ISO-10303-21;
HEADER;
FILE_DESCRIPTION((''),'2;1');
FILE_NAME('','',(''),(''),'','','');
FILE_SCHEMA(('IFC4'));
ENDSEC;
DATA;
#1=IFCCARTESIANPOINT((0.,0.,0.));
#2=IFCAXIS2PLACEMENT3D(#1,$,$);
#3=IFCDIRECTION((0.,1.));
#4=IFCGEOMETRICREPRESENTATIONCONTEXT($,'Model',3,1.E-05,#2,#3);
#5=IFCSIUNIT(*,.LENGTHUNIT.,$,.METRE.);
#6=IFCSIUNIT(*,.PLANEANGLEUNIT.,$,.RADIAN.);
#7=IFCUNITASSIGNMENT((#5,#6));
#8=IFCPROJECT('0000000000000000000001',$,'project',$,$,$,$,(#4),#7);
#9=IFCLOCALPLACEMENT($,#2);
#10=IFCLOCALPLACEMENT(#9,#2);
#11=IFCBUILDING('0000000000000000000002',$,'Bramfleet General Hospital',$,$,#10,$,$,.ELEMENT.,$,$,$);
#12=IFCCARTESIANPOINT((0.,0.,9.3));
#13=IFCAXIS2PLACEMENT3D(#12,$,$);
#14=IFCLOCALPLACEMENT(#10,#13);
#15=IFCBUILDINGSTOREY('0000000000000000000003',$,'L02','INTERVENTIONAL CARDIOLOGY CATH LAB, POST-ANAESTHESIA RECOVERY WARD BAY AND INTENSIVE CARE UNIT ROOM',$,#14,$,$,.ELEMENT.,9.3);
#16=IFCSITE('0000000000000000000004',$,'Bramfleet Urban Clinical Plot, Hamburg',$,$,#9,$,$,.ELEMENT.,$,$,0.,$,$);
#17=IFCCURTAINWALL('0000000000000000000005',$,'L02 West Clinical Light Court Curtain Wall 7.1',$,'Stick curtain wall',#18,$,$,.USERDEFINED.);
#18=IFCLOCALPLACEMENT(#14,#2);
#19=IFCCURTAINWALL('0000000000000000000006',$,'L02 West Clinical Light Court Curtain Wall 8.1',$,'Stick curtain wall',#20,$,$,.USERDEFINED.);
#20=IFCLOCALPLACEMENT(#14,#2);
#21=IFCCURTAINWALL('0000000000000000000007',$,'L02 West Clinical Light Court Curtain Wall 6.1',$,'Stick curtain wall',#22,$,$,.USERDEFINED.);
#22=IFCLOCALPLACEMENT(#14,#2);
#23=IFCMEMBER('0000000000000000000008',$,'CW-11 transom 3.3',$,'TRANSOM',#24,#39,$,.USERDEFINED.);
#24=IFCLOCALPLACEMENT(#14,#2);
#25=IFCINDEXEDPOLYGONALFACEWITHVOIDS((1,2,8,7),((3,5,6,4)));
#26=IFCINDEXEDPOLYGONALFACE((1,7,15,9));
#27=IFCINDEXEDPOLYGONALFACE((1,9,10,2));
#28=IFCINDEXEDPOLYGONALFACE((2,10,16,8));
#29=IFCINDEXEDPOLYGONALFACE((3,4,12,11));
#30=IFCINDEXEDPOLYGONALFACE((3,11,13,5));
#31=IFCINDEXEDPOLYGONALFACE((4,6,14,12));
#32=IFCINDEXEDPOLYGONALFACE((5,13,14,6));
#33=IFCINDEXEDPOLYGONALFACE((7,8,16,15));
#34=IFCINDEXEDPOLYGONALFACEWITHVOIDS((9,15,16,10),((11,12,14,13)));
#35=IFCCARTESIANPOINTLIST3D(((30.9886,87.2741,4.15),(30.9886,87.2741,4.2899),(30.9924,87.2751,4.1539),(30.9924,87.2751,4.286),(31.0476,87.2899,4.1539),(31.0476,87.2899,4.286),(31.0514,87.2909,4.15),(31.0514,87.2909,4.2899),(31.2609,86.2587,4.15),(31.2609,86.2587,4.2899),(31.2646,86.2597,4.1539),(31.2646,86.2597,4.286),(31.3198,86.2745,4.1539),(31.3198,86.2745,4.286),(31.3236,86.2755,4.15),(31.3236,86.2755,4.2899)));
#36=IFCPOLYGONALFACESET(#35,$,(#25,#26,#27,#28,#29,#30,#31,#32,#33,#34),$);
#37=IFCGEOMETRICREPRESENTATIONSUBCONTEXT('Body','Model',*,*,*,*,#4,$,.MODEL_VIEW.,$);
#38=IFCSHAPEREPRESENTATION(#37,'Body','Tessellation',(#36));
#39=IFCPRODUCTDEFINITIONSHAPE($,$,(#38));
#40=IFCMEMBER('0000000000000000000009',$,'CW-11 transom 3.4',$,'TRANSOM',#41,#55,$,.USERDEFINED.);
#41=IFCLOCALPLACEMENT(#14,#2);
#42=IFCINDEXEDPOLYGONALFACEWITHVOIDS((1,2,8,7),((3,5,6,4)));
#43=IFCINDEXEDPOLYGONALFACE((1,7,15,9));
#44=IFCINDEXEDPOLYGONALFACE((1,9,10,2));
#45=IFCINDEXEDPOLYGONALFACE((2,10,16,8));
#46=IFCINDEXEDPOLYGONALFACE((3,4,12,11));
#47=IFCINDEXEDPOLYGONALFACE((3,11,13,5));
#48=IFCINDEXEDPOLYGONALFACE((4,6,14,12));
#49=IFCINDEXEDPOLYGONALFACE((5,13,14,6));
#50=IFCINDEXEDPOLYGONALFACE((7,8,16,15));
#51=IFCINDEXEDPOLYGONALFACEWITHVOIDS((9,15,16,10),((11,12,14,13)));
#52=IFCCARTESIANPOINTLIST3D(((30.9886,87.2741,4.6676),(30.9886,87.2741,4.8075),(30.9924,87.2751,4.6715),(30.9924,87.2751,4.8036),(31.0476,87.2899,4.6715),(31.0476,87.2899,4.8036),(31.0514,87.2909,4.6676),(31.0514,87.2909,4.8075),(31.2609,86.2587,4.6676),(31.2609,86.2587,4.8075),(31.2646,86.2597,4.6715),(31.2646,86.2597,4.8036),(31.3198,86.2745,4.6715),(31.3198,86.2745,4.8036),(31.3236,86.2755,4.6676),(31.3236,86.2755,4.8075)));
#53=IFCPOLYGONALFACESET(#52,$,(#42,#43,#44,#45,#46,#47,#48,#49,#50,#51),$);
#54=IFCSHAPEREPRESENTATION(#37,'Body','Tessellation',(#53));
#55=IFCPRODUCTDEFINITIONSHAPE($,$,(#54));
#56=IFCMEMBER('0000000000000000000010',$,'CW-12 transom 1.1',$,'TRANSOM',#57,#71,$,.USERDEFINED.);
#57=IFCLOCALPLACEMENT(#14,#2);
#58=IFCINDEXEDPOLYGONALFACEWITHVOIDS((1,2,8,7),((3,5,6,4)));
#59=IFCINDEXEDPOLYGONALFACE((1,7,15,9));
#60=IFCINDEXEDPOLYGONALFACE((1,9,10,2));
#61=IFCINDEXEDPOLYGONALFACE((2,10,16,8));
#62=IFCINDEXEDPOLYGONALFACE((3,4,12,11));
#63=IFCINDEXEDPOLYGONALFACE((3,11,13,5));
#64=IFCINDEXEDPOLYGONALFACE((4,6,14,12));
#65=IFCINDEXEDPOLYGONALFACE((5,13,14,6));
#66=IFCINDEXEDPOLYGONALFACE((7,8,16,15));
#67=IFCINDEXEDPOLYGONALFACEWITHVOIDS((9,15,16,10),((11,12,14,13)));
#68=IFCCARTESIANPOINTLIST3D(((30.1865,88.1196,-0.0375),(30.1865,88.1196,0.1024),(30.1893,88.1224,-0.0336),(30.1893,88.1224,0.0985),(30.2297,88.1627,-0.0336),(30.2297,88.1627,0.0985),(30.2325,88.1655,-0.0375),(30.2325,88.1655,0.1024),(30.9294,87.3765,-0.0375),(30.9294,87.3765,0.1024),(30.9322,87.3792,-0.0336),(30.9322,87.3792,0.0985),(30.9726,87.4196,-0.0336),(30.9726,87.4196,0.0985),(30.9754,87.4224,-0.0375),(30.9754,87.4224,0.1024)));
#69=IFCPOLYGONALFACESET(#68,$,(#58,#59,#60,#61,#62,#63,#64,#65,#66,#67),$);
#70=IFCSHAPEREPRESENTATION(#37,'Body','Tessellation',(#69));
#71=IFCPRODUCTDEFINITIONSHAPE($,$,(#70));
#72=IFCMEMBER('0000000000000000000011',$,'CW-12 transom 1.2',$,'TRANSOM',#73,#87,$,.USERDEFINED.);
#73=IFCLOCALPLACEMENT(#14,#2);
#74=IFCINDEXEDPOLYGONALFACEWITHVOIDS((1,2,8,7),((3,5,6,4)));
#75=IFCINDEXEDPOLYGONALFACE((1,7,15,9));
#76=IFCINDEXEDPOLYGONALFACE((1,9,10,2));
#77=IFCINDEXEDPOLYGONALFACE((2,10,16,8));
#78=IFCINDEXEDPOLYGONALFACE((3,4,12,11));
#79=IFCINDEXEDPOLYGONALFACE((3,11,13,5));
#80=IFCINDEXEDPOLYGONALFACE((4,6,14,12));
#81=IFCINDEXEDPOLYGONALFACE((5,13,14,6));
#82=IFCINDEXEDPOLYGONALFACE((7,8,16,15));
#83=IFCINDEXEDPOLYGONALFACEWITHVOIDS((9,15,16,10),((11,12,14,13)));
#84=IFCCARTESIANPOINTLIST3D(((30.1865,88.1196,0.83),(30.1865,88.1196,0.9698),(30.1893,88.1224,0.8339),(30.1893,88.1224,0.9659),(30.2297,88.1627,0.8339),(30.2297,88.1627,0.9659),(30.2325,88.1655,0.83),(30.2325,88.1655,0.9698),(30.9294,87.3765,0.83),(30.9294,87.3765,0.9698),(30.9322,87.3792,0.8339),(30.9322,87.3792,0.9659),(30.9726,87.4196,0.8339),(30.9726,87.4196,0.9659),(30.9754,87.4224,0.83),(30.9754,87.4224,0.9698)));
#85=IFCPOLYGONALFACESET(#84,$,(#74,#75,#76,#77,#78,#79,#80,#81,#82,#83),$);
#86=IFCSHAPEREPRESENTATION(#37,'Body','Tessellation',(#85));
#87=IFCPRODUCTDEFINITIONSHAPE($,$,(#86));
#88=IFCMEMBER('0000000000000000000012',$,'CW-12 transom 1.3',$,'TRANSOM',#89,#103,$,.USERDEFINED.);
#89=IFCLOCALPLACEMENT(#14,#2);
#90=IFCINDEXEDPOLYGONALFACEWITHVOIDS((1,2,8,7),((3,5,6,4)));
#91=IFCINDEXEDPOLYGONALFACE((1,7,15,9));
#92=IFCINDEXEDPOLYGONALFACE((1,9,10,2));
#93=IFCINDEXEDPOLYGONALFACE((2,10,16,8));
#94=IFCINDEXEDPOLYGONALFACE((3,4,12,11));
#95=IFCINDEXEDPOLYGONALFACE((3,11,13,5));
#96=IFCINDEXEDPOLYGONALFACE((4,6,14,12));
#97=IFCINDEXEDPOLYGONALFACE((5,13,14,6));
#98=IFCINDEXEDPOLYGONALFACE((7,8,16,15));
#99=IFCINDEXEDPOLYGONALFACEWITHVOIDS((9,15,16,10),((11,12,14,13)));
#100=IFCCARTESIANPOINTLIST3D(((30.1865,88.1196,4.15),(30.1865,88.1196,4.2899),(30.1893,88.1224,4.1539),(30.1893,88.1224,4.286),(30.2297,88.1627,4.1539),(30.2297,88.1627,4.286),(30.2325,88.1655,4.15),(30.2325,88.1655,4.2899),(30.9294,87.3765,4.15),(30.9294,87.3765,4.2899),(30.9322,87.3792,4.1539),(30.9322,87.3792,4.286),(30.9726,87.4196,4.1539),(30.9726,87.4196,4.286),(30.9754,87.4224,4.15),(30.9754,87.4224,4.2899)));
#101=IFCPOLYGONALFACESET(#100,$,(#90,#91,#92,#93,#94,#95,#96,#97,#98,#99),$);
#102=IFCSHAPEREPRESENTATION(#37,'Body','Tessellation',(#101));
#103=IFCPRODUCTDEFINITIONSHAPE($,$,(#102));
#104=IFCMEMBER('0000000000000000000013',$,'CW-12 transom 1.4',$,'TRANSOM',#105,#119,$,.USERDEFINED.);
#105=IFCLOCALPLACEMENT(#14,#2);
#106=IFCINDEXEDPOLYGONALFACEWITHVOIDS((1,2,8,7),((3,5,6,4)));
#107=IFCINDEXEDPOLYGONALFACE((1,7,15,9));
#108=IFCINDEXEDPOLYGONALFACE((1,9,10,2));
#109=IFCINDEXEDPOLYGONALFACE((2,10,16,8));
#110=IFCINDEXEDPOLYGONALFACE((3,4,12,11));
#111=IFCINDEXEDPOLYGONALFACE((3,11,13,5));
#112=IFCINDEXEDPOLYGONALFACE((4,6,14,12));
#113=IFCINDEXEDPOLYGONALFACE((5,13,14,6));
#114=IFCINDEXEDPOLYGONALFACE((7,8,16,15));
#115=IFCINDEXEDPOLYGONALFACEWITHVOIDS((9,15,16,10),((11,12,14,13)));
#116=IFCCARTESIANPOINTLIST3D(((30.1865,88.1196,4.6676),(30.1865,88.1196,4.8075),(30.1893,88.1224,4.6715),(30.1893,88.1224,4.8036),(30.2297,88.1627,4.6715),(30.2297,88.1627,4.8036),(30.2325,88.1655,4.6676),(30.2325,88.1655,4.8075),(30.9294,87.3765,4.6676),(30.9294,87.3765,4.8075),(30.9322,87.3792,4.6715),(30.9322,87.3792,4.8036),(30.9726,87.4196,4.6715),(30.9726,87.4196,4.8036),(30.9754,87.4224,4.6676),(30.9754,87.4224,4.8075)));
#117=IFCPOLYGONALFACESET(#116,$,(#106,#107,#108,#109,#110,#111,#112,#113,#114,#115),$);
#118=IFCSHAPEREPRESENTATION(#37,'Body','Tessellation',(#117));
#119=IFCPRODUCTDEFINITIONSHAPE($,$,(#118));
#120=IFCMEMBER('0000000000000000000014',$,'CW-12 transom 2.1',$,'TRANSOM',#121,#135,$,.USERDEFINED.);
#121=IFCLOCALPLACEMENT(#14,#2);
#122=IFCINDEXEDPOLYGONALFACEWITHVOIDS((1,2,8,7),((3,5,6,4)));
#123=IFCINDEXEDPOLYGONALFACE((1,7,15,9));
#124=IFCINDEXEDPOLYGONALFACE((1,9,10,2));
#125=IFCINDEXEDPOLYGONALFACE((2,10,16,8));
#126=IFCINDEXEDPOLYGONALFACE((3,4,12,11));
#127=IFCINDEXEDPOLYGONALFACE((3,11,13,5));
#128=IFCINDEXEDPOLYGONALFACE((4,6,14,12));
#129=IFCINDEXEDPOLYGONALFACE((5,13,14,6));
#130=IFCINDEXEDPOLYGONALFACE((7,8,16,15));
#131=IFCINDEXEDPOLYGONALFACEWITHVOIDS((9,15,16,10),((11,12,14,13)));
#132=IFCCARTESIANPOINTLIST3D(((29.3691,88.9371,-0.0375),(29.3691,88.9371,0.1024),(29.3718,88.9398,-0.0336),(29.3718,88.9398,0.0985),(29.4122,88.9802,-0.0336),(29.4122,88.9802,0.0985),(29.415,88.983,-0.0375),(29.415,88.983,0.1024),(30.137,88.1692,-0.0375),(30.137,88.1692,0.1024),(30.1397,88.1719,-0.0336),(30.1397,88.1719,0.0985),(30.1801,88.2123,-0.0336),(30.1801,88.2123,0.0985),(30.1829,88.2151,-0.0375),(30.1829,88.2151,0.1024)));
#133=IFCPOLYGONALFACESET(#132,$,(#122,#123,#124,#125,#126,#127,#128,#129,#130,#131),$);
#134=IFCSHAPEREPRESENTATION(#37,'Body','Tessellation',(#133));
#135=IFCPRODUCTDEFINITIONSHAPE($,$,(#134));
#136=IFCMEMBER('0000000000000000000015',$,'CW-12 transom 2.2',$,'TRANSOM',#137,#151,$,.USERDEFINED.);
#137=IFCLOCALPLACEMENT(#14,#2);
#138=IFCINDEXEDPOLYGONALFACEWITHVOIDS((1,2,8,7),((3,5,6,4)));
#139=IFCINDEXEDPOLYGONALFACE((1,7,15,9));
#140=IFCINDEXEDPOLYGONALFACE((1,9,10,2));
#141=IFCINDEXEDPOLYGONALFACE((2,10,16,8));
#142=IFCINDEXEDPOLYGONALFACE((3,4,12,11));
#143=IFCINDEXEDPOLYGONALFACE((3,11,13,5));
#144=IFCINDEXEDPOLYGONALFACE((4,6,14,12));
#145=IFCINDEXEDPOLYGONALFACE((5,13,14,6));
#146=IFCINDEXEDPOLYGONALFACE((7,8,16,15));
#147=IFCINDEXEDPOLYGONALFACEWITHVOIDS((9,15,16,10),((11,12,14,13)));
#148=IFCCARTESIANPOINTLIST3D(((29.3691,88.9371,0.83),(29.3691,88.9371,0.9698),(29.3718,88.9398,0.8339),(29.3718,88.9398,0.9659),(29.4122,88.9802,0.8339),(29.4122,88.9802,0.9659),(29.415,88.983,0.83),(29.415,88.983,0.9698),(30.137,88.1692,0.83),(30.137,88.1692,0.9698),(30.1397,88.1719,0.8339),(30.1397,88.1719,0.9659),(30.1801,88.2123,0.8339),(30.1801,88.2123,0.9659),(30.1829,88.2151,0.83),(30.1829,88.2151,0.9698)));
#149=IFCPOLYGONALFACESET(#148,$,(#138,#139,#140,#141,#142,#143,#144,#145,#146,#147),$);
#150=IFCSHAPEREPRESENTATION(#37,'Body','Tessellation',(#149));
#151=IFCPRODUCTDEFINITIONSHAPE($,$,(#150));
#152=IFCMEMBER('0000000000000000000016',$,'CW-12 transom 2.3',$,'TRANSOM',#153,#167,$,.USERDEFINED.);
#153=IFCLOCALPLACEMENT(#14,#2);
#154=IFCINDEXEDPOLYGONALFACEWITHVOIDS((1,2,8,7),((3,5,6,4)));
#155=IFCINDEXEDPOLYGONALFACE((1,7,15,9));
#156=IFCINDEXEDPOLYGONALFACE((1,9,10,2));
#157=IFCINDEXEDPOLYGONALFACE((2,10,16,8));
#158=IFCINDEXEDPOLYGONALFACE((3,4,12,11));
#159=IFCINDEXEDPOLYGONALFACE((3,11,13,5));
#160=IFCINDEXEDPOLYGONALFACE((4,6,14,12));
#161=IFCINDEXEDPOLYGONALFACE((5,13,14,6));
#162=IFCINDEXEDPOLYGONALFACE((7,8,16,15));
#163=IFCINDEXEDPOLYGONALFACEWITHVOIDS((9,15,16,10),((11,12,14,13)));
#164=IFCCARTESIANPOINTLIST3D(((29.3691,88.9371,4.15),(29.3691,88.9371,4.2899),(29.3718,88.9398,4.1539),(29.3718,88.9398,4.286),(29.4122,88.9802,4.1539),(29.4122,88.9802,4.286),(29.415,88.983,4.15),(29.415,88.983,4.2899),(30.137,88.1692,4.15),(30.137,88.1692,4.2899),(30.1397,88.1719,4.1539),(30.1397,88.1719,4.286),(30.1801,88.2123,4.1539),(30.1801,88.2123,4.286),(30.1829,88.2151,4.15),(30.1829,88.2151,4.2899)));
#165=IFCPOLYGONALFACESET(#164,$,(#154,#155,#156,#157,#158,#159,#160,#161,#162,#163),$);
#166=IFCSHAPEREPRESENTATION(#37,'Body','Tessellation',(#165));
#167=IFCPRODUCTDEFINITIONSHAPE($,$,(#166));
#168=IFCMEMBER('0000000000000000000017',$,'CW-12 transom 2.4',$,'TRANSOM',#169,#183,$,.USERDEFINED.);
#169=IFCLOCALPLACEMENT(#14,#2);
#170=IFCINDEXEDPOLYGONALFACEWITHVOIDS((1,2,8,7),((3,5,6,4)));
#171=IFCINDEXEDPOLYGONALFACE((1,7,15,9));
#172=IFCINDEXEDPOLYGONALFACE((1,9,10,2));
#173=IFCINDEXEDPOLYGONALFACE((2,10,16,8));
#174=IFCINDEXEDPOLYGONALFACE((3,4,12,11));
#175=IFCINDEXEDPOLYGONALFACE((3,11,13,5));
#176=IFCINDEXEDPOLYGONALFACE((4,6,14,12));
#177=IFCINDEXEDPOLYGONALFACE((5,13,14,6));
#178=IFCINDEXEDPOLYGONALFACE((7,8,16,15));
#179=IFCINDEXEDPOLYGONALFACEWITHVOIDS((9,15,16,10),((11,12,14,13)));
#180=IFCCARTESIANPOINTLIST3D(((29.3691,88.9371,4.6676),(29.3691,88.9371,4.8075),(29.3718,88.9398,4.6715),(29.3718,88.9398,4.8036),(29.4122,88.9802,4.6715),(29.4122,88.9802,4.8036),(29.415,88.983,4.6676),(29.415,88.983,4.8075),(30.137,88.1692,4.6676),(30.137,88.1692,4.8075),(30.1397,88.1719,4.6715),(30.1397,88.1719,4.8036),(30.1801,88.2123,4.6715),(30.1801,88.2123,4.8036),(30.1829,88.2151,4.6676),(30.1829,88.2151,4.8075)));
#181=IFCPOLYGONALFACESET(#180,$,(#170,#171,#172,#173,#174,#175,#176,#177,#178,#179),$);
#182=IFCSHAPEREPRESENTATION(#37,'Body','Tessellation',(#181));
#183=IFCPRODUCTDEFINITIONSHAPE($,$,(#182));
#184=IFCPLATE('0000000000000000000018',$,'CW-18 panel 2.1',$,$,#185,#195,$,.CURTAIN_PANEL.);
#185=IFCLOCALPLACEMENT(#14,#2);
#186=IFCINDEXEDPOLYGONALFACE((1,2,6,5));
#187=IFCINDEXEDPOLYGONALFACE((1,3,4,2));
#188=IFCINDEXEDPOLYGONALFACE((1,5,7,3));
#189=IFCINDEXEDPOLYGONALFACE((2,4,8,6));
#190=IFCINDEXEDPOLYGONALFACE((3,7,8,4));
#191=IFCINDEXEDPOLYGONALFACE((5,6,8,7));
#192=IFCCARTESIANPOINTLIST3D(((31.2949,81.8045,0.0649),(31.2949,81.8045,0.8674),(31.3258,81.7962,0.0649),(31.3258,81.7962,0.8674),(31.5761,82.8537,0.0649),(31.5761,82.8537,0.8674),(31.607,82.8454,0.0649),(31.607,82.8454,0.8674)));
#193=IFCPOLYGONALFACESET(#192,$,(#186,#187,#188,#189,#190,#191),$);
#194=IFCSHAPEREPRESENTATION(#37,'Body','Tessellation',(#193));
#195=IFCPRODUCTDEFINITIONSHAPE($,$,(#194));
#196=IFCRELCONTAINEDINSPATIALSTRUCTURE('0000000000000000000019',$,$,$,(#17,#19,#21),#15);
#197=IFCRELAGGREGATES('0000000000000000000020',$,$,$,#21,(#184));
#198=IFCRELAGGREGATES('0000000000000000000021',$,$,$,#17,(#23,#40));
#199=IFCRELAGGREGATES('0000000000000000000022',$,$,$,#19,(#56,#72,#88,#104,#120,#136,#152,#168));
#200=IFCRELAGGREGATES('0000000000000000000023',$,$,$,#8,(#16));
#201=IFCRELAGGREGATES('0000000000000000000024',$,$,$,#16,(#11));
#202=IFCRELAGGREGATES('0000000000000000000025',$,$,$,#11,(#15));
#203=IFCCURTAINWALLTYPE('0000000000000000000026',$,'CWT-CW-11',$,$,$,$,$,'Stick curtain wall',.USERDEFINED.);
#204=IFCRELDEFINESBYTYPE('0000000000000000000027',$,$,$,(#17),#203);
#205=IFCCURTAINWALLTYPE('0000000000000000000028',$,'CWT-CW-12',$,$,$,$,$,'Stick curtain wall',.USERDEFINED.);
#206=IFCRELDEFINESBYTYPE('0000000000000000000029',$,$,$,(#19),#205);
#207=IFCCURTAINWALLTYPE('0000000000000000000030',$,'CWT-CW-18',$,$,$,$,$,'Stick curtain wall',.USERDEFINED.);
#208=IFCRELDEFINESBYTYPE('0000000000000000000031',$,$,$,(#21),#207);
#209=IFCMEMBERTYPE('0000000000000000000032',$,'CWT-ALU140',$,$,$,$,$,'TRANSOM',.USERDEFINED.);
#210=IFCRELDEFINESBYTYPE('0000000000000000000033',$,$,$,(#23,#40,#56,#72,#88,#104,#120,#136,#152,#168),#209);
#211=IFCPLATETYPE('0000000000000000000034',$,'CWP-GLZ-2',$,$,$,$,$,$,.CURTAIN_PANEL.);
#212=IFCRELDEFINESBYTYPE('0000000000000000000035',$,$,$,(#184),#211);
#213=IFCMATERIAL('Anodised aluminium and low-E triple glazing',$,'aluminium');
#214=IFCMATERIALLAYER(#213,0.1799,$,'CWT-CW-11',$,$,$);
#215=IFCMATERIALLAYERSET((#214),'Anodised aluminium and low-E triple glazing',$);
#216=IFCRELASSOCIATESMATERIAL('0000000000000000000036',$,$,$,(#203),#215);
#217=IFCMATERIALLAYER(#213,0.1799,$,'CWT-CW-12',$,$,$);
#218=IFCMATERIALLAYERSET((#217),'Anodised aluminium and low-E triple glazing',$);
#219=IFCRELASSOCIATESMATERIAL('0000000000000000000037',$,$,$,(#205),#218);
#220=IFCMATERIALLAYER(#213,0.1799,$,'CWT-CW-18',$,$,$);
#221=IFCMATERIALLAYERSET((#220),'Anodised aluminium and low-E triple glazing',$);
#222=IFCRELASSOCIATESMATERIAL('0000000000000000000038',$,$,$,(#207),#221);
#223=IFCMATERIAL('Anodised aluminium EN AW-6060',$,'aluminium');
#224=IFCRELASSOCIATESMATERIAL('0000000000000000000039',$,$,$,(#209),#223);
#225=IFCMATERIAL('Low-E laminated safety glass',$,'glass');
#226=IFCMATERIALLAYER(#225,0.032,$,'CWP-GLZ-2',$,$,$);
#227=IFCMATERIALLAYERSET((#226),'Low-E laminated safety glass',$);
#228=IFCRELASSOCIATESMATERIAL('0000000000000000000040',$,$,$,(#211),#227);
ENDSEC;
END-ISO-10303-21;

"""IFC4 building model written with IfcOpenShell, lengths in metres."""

from ifc_helpers import new_model, si_unit, direction, frame, origin, origin_2d, place, context, subcontext, project, spatial, rectangle, hollow_rectangle, extrude, material, layer, layer_set, material_profile, profile_set, type_object, element, aggregate, save


model = new_model("IFC4")

# Units and contexts
model_context = context("Model", 3, precision=1e-05, world=origin(), true_north=direction((0.0, 1.0)))
body_context = subcontext(model_context, "Body", "Model", "MODEL_VIEW")
ifc_project = project(units=[si_unit("LENGTHUNIT", "METRE"), si_unit("PLANEANGLEUNIT", "RADIAN")], contexts=[model_context])

# Site, building, storey
site_placement = place(None, origin())
site = spatial("IfcSite", under=ifc_project, at=site_placement, Name="Bramfleet Urban Clinical Plot, Hamburg", CompositionType="ELEMENT", RefElevation=0.0)
building_placement = place(site_placement, origin())
building = spatial("IfcBuilding", under=site, at=building_placement, Name="Bramfleet General Hospital", CompositionType="ELEMENT")
storey_placement = place(building_placement, frame((0.0, 0.0, 9.3)))
storey = spatial("IfcBuildingStorey", under=building, at=storey_placement, Name="L02", Description="INTERVENTIONAL CARDIOLOGY CATH LAB, POST-ANAESTHESIA RECOVERY WARD BAY AND INTENSIVE CARE UNIT ROOM", CompositionType="ELEMENT", Elevation=9.3)

# Curtain walls
ifc_material_1 = material(Name="Anodised aluminium and low-E triple glazing", Category="aluminium")
ifc_layer_1 = layer(ifc_material_1, 0.1799, Name="CWT-CW-11")
ifc_layer_set_1 = layer_set([ifc_layer_1], Name="Anodised aluminium and low-E triple glazing")
curtain_wall_type_1 = type_object("IfcCurtainWallType", Name="CWT-CW-11", ElementType="Stick curtain wall", PredefinedType="USERDEFINED", material=ifc_layer_set_1)
curtain_wall_1_placement = place(storey_placement, origin())
curtain_wall_1 = element("IfcCurtainWall", 1, at=curtain_wall_1_placement, inside=storey, type_object=curtain_wall_type_1, Name="L02 West Clinical Light Court Curtain Wall 7.1", ObjectType="Stick curtain wall", PredefinedType="USERDEFINED")
ifc_material_2 = material(Name="Anodised aluminium EN AW-6060", Category="aluminium")
ifc_layer_2 = layer(ifc_material_1, 0.1799, Name="CWT-CW-12")
ifc_layer_set_2 = layer_set([ifc_layer_2], Name="Anodised aluminium and low-E triple glazing")
curtain_wall_type_2 = type_object("IfcCurtainWallType", Name="CWT-CW-12", ElementType="Stick curtain wall", PredefinedType="USERDEFINED", material=ifc_layer_set_2)
curtain_wall_2_placement = place(storey_placement, origin())
curtain_wall_2 = element("IfcCurtainWall", 2, at=curtain_wall_2_placement, inside=storey, type_object=curtain_wall_type_2, Name="L02 West Clinical Light Court Curtain Wall 8.1", ObjectType="Stick curtain wall", PredefinedType="USERDEFINED")

# Curtain wall
ifc_layer_3 = layer(ifc_material_1, 0.1799, Name="CWT-CW-18")
ifc_layer_set_3 = layer_set([ifc_layer_3], Name="Anodised aluminium and low-E triple glazing")
curtain_wall_type_3 = type_object("IfcCurtainWallType", Name="CWT-CW-18", ElementType="Stick curtain wall", PredefinedType="USERDEFINED", material=ifc_layer_set_3)
curtain_wall_3_placement = place(storey_placement, origin())
curtain_wall_3 = element("IfcCurtainWall", 3, at=curtain_wall_3_placement, inside=storey, type_object=curtain_wall_type_3, Name="L02 West Clinical Light Court Curtain Wall 6.1", ObjectType="Stick curtain wall", PredefinedType="USERDEFINED")
ifc_material_profile_1 = material_profile(ifc_material_2, hollow_rectangle(XDim=0.0649, YDim=0.1399, WallThickness=0.0039, at=origin_2d()), Name="ALU 140x65x4.0")
ifc_profile_set_1 = profile_set([ifc_material_profile_1], Name="Anodised aluminium EN AW-6060")
member_type_1 = type_object("IfcMemberType", Name="CWT-ALU140", ElementType="TRANSOM", PredefinedType="USERDEFINED", material=ifc_profile_set_1)

# Members
member_1_placement = place(storey_placement, frame((31.2922, 86.2671, 4.22), z_axis=(-0.258949, 0.965891, 0.0), x_axis=(-0.965891, -0.258949, 0.0)))
member_1 = element("IfcMember", 4, at=member_1_placement, type_object=member_type_1, Name="CW-11 transom 3.3", ObjectType="TRANSOM", PredefinedType="USERDEFINED", context=body_context, shape_type="SweptSolid", body=[
    extrude(hollow_rectangle(XDim=0.0649, YDim=0.1399, WallThickness=0.0039, at=origin_2d()), origin(), (0.0, 0.0, 1.0), 1.0513),
])
member_2_placement = place(storey_placement, frame((31.2922, 86.2671, 4.7375), z_axis=(-0.258949, 0.965891, 0.0), x_axis=(-0.965891, -0.258949, 0.0)))
member_2 = element("IfcMember", 5, at=member_2_placement, type_object=member_type_1, Name="CW-11 transom 3.4", ObjectType="TRANSOM", PredefinedType="USERDEFINED", context=body_context, shape_type="SweptSolid", body=[
    extrude(hollow_rectangle(XDim=0.0649, YDim=0.1399, WallThickness=0.0039, at=origin_2d()), origin(), (0.0, 0.0, 1.0), 1.0513),
])
member_3_placement = place(storey_placement, frame((30.9524, 87.3994, 0.0325), z_axis=(-0.706991, 0.707223, 0.0), x_axis=(-0.707223, -0.706991, 0.0)))
member_3 = element("IfcMember", 6, at=member_3_placement, type_object=member_type_1, Name="CW-12 transom 1.1", ObjectType="TRANSOM", PredefinedType="USERDEFINED", context=body_context, shape_type="SweptSolid", body=[
    extrude(hollow_rectangle(XDim=0.0649, YDim=0.1399, WallThickness=0.0039, at=origin_2d()), origin(), (0.0, 0.0, 1.0), 1.0508),
])
member_4_placement = place(storey_placement, frame((30.9524, 87.3994, 0.8999), z_axis=(-0.706991, 0.707223, 0.0), x_axis=(-0.707223, -0.706991, 0.0)))
member_4 = element("IfcMember", 7, at=member_4_placement, type_object=member_type_1, Name="CW-12 transom 1.2", ObjectType="TRANSOM", PredefinedType="USERDEFINED", context=body_context, shape_type="SweptSolid", body=[
    extrude(hollow_rectangle(XDim=0.0649, YDim=0.1399, WallThickness=0.0039, at=origin_2d()), origin(), (0.0, 0.0, 1.0), 1.0508),
])
member_5_placement = place(storey_placement, frame((30.9524, 87.3994, 4.22), z_axis=(-0.706991, 0.707223, 0.0), x_axis=(-0.707223, -0.706991, 0.0)))
member_5 = element("IfcMember", 8, at=member_5_placement, type_object=member_type_1, Name="CW-12 transom 1.3", ObjectType="TRANSOM", PredefinedType="USERDEFINED", context=body_context, shape_type="SweptSolid", body=[
    extrude(hollow_rectangle(XDim=0.0649, YDim=0.1399, WallThickness=0.0039, at=origin_2d()), origin(), (0.0, 0.0, 1.0), 1.0508),
])
member_6_placement = place(storey_placement, frame((30.9524, 87.3994, 4.7375), z_axis=(-0.706991, 0.707223, 0.0), x_axis=(-0.707223, -0.706991, 0.0)))
member_6 = element("IfcMember", 9, at=member_6_placement, type_object=member_type_1, Name="CW-12 transom 1.4", ObjectType="TRANSOM", PredefinedType="USERDEFINED", context=body_context, shape_type="SweptSolid", body=[
    extrude(hollow_rectangle(XDim=0.0649, YDim=0.1399, WallThickness=0.0039, at=origin_2d()), origin(), (0.0, 0.0, 1.0), 1.0508),
])
member_7_placement = place(storey_placement, frame((30.1599, 88.1921, 0.0325), z_axis=(-0.707107, 0.707107, 0.0), x_axis=(-0.707107, -0.707107, 0.0)))
member_7 = element("IfcMember", 10, at=member_7_placement, type_object=member_type_1, Name="CW-12 transom 2.1", ObjectType="TRANSOM", PredefinedType="USERDEFINED", context=body_context, shape_type="SweptSolid", body=[
    extrude(hollow_rectangle(XDim=0.0649, YDim=0.1399, WallThickness=0.0039, at=origin_2d()), origin(), (0.0, 0.0, 1.0), 1.0859),
])
member_8_placement = place(storey_placement, frame((30.1599, 88.1921, 0.8999), z_axis=(-0.707107, 0.707107, 0.0), x_axis=(-0.707107, -0.707107, 0.0)))
member_8 = element("IfcMember", 11, at=member_8_placement, type_object=member_type_1, Name="CW-12 transom 2.2", ObjectType="TRANSOM", PredefinedType="USERDEFINED", context=body_context, shape_type="SweptSolid", body=[
    extrude(hollow_rectangle(XDim=0.0649, YDim=0.1399, WallThickness=0.0039, at=origin_2d()), origin(), (0.0, 0.0, 1.0), 1.0859),
])
member_9_placement = place(storey_placement, frame((30.1599, 88.1921, 4.22), z_axis=(-0.707107, 0.707107, 0.0), x_axis=(-0.707107, -0.707107, 0.0)))
member_9 = element("IfcMember", 12, at=member_9_placement, type_object=member_type_1, Name="CW-12 transom 2.3", ObjectType="TRANSOM", PredefinedType="USERDEFINED", context=body_context, shape_type="SweptSolid", body=[
    extrude(hollow_rectangle(XDim=0.0649, YDim=0.1399, WallThickness=0.0039, at=origin_2d()), origin(), (0.0, 0.0, 1.0), 1.0859),
])
member_10_placement = place(storey_placement, frame((30.1599, 88.1921, 4.7375), z_axis=(-0.707107, 0.707107, 0.0), x_axis=(-0.707107, -0.707107, 0.0)))
member_10 = element("IfcMember", 13, at=member_10_placement, type_object=member_type_1, Name="CW-12 transom 2.4", ObjectType="TRANSOM", PredefinedType="USERDEFINED", context=body_context, shape_type="SweptSolid", body=[
    extrude(hollow_rectangle(XDim=0.0649, YDim=0.1399, WallThickness=0.0039, at=origin_2d()), origin(), (0.0, 0.0, 1.0), 1.0859),
])

# Plate
ifc_material_3 = material(Name="Low-E laminated safety glass", Category="glass")
ifc_layer_4 = layer(ifc_material_3, 0.032, Name="CWP-GLZ-2")
ifc_layer_set_4 = layer_set([ifc_layer_4], Name="Low-E laminated safety glass")
plate_type = type_object("IfcPlateType", Name="CWP-GLZ-2", PredefinedType="CURTAIN_PANEL", material=ifc_layer_set_4)
plate_1_placement = place(storey_placement, frame((31.4509, 82.325, 0.0649), z_axis=(0.0, 0.0, 1.0), x_axis=(0.258919, 0.965899, 0.0)))
plate_1 = element("IfcPlate", 14, at=plate_1_placement, type_object=plate_type, Name="CW-18 panel 2.1", PredefinedType="CURTAIN_PANEL", context=body_context, shape_type="SweptSolid", body=[
    extrude(rectangle(XDim=1.0862, YDim=0.032, at=origin_2d()), origin(), (0.0, 0.0, 1.0), 0.8025),
])
aggregate(curtain_wall_3, [plate_1])
aggregate(curtain_wall_1, [member_1, member_2])
aggregate(curtain_wall_2, [member_3, member_4, member_5, member_6, member_7, member_8, member_9, member_10])

save(model, "model.ifc")
